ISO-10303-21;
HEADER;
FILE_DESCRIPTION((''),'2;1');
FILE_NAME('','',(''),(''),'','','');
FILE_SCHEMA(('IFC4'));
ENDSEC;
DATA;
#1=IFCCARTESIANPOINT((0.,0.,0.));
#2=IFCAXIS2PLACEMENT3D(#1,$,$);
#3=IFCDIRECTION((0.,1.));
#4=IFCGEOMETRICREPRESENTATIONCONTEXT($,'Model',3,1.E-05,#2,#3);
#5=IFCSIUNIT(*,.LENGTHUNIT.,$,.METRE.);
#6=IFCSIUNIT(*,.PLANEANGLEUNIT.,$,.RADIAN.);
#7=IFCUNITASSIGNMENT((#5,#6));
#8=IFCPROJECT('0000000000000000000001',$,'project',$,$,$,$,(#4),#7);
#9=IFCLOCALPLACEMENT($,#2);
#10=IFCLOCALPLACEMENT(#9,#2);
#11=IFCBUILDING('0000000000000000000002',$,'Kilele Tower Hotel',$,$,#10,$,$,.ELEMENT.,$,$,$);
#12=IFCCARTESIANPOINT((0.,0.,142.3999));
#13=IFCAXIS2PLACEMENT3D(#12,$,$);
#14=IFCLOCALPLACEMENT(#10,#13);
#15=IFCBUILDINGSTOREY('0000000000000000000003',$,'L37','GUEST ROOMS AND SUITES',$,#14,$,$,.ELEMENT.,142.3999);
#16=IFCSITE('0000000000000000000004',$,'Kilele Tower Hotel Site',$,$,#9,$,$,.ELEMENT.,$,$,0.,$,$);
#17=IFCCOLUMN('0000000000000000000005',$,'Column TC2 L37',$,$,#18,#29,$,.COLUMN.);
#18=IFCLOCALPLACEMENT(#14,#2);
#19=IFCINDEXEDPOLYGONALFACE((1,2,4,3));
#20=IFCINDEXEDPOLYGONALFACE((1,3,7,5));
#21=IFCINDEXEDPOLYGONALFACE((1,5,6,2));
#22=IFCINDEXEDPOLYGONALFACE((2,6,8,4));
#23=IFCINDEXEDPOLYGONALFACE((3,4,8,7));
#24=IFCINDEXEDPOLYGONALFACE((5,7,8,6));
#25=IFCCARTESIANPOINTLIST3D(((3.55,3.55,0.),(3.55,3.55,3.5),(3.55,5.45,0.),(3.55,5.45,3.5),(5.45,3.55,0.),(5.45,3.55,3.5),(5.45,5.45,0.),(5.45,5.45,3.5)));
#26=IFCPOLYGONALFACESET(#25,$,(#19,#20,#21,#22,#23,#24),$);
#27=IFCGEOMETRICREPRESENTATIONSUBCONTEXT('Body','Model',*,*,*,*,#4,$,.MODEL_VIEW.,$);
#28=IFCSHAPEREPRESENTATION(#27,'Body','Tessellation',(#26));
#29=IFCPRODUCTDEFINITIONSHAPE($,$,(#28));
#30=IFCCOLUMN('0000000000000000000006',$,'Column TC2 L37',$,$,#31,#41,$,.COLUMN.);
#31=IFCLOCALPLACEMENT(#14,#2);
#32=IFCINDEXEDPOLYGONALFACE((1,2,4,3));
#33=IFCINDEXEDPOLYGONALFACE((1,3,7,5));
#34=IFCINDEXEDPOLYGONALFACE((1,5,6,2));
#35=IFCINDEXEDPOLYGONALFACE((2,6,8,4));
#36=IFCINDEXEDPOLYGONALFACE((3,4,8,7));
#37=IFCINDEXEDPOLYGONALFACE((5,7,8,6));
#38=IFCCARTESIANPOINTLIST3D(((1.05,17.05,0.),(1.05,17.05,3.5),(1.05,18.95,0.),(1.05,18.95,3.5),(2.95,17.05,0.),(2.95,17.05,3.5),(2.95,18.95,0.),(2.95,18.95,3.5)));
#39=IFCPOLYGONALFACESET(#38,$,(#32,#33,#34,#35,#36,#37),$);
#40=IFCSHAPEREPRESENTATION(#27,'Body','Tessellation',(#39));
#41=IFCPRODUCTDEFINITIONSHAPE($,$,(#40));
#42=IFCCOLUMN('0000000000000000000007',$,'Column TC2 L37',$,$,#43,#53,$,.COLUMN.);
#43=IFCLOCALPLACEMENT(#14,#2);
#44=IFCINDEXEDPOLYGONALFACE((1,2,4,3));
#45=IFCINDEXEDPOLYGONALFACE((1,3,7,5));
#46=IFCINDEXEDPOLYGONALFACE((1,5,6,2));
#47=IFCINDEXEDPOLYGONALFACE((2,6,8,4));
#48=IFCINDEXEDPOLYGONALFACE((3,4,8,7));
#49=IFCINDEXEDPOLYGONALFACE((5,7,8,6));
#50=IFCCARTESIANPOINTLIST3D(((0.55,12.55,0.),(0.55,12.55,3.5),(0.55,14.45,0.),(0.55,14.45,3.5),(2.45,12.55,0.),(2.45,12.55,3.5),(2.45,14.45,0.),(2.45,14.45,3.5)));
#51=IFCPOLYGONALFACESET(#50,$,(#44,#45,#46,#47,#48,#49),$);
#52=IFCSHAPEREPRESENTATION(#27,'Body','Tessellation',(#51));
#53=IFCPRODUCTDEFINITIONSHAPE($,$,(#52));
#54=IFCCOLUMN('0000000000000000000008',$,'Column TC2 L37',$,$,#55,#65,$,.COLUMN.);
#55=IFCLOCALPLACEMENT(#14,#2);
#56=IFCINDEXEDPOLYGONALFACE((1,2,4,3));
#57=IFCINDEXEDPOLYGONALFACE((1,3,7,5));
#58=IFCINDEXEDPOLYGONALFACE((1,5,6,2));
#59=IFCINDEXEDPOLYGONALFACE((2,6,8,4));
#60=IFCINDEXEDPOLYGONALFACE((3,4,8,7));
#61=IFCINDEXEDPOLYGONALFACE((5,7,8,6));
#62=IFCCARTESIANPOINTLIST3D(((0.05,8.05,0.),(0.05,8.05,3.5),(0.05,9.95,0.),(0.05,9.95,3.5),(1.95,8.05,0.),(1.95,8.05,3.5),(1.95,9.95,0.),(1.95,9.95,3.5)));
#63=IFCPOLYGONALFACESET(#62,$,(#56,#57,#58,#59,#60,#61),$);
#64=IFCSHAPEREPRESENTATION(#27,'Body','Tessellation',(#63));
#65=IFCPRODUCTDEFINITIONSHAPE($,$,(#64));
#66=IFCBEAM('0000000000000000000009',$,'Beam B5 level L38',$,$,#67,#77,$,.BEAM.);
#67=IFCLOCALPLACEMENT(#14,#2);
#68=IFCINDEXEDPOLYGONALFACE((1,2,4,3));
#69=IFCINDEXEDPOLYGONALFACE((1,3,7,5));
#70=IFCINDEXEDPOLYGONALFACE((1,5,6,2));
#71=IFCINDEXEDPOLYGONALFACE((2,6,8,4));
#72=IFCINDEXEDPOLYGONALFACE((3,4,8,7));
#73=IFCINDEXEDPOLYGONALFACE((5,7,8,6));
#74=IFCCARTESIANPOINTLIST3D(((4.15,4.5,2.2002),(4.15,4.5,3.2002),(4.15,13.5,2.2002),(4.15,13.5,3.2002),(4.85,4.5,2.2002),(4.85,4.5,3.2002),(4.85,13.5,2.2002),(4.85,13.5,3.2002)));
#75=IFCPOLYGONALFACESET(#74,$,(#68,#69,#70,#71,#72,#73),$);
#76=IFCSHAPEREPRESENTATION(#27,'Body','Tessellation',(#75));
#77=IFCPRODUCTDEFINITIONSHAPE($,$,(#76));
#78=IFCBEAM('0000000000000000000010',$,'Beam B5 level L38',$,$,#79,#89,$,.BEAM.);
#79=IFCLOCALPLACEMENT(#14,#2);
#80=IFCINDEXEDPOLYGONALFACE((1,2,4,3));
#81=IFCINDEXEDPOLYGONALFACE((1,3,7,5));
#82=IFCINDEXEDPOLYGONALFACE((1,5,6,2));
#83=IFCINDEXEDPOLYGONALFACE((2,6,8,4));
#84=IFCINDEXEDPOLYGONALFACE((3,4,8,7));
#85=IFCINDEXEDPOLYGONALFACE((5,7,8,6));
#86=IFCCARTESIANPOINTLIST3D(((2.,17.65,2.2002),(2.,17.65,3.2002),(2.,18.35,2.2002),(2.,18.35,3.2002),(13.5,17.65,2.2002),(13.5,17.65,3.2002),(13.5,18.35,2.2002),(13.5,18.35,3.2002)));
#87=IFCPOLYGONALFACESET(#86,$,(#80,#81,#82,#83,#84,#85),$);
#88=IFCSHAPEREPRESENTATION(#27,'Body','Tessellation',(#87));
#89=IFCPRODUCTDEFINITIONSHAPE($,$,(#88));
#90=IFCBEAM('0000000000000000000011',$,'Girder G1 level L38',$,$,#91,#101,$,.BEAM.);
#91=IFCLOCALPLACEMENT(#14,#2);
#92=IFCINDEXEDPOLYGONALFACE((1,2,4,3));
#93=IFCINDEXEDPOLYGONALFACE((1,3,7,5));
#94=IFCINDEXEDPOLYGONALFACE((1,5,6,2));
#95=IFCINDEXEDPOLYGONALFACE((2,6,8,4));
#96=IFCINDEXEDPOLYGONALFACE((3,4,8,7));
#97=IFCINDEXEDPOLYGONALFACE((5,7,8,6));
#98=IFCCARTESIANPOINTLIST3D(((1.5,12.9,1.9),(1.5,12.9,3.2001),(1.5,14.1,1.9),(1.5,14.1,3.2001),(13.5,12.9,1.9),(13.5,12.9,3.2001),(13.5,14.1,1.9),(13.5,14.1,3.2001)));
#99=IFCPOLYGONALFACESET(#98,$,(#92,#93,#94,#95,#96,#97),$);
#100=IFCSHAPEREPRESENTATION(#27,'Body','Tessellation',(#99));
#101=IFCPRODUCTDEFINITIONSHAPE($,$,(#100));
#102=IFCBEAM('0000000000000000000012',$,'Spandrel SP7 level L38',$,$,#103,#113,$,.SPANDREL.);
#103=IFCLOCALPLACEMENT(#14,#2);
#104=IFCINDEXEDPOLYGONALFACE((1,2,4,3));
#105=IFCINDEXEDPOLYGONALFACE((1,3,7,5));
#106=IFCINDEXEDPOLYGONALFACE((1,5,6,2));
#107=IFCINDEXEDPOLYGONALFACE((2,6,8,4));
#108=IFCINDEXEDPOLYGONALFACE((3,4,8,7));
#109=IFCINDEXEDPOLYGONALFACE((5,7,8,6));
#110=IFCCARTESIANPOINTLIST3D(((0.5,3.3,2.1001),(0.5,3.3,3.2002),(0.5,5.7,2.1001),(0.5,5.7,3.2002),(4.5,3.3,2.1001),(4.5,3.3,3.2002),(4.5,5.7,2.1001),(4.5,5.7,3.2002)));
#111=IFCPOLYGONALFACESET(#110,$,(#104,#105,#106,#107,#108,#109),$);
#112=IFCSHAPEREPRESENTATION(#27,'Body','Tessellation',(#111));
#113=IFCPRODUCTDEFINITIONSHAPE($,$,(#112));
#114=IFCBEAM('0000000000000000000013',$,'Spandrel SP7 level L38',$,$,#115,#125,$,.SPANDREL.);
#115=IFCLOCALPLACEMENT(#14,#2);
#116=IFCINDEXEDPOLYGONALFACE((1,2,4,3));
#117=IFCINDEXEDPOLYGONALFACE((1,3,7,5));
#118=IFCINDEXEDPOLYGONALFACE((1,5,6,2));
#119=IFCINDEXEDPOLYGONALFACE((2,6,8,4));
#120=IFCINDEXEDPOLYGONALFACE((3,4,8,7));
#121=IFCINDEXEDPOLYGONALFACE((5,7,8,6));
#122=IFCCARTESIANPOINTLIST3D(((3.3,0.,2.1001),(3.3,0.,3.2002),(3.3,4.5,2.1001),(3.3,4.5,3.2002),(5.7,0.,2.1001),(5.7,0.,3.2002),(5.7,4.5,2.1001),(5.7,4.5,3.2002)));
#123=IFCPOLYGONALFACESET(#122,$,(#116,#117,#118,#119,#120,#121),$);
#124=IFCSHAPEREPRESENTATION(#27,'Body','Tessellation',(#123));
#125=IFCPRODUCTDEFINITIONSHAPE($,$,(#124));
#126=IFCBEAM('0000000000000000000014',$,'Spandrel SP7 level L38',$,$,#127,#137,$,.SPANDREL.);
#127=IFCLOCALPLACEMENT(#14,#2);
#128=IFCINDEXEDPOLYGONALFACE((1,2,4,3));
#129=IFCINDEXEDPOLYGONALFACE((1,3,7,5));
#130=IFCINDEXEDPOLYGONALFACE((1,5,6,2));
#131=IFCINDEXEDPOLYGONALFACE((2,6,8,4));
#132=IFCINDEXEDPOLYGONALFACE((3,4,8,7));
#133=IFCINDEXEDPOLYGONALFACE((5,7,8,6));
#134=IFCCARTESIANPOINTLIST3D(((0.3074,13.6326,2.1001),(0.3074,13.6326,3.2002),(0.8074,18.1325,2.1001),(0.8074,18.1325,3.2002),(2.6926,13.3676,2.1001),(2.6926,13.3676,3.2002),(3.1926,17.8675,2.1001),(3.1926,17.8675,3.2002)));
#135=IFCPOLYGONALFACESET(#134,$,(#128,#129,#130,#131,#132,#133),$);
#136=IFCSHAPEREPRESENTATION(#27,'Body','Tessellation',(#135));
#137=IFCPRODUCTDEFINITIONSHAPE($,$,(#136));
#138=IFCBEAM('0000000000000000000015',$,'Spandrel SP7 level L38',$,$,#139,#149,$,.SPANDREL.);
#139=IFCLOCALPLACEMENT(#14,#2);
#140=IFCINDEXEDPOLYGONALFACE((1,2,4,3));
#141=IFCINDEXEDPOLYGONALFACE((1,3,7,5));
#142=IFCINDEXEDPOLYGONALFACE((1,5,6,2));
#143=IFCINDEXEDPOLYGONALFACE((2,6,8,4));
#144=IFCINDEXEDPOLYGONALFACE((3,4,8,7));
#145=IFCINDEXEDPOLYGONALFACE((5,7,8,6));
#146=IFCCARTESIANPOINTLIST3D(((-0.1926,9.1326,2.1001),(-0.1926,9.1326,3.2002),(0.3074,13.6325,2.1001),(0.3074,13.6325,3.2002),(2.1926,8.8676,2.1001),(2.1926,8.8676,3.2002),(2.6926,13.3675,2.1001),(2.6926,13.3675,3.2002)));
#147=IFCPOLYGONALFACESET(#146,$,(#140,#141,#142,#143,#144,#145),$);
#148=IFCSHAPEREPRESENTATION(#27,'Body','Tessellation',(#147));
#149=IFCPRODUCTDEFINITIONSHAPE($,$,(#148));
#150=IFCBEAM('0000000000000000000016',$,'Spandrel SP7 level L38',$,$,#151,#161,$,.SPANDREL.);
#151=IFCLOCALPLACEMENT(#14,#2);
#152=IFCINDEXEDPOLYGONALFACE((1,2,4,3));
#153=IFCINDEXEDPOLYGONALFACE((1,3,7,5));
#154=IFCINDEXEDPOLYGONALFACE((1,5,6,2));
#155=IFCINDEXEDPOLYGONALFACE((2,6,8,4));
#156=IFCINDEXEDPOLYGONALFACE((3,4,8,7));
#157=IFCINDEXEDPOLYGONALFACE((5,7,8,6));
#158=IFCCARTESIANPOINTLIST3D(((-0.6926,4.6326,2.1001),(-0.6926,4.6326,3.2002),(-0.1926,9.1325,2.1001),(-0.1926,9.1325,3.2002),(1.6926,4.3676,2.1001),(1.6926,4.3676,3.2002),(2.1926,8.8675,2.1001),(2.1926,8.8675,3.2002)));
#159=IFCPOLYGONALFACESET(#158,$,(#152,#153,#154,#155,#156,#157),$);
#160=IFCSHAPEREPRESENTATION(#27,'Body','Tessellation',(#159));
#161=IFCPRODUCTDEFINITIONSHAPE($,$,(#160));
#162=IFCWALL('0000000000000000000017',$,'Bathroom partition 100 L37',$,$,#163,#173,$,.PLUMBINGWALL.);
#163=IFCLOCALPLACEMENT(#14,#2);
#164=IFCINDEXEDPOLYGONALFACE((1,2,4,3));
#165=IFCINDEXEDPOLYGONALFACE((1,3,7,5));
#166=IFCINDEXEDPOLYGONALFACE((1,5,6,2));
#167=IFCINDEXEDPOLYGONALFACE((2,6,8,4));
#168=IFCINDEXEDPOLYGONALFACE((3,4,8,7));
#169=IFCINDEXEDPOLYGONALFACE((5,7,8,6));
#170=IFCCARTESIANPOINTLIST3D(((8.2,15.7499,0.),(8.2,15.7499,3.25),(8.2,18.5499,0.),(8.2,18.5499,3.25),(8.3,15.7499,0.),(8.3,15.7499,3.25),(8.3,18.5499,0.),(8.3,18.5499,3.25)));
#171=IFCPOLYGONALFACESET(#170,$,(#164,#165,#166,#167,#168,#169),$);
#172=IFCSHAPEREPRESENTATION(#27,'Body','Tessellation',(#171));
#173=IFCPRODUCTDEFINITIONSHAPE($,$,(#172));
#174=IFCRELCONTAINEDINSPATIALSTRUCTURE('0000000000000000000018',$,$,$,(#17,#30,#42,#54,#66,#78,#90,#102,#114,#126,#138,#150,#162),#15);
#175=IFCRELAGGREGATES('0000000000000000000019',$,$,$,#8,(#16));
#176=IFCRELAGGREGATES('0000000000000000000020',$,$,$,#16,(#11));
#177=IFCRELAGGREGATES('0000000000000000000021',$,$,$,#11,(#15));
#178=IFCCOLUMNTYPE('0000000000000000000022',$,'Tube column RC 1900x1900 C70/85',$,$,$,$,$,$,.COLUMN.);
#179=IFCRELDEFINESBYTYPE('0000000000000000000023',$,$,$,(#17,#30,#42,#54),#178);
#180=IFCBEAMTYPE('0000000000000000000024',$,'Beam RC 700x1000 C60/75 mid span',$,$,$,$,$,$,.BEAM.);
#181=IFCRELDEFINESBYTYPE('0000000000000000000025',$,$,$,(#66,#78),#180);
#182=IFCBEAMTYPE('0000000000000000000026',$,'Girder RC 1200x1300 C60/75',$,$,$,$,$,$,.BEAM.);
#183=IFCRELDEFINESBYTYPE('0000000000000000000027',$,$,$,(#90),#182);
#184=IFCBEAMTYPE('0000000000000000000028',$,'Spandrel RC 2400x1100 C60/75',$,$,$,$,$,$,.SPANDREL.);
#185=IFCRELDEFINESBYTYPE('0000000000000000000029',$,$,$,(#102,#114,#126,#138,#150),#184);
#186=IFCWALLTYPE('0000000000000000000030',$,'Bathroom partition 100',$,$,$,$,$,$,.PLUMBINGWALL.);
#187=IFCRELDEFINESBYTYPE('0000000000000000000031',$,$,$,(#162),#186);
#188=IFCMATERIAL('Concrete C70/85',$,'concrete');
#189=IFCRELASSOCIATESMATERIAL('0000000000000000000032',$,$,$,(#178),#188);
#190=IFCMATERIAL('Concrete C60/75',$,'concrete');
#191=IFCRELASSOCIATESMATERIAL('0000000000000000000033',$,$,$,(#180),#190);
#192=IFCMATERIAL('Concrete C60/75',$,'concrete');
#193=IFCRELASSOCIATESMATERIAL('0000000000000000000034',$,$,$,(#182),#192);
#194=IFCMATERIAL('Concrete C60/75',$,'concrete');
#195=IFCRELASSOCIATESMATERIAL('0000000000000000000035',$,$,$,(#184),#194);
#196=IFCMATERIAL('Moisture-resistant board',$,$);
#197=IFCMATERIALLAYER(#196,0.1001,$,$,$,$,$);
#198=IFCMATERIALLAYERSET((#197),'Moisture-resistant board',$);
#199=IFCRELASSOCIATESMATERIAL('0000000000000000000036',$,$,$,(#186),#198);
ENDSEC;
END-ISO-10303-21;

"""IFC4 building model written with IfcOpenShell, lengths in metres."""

from ifc_helpers import new_model, si_unit, direction, frame, frame_2d, origin, origin_2d, place, context, subcontext, project, spatial, rectangle, extrude, material, layer, layer_set, material_profile, profile_set, type_object, element, save


model = new_model("IFC4")

# Units and contexts
model_context = context("Model", 3, precision=1e-05, world=origin(), true_north=direction((0.0, 1.0)))
body_context = subcontext(model_context, "Body", "Model", "MODEL_VIEW")
ifc_project = project(units=[si_unit("LENGTHUNIT", "METRE"), si_unit("PLANEANGLEUNIT", "RADIAN")], contexts=[model_context])

# Site, building, storey
site_placement = place(None, origin())
site = spatial("IfcSite", under=ifc_project, at=site_placement, Name="Kilele Tower Hotel Site", CompositionType="ELEMENT", RefElevation=0.0)
building_placement = place(site_placement, origin())
building = spatial("IfcBuilding", under=site, at=building_placement, Name="Kilele Tower Hotel", CompositionType="ELEMENT")
storey_placement = place(building_placement, frame((0.0, 0.0, 142.3999)))
storey = spatial("IfcBuildingStorey", under=building, at=storey_placement, Name="L37", Description="GUEST ROOMS AND SUITES", CompositionType="ELEMENT", Elevation=142.3999)

# Columns
ifc_material_1 = material(Name="Concrete C70/85", Category="concrete")
ifc_material_profile_1 = material_profile(ifc_material_1, rectangle(XDim=1.8999, YDim=1.8999, at=origin_2d()))
ifc_profile_set_1 = profile_set([ifc_material_profile_1], Name="Concrete C70/85")
column_type = type_object("IfcColumnType", Name="Tube column RC 1900x1900 C70/85", PredefinedType="COLUMN", material=ifc_profile_set_1)
for number, where, z_axis, x_axis, name in (
    (1, (4.5, 4.5, 0.0), (0.0, 0.0, 1.0), (1.0, 0.0, 0.0), "Column TC2 L37"),
    (2, (2.0, 18.0, 0.0), (0.0, 0.0, 1.0), (1.0, 0.0, 0.0), "Column TC2 L37"),
    (3, (1.5, 13.5, 0.0), (0.0, 0.0, 1.0), (1.0, 0.0, 0.0), "Column TC2 L37"),
    (4, (1.0, 9.0, 0.0), (0.0, 0.0, 1.0), (1.0, 0.0, 0.0), "Column TC2 L37"),
):
    element("IfcColumn", number, at=place(storey_placement, frame(where, z_axis=z_axis, x_axis=x_axis)), inside=storey, type_object=column_type, Name=name, PredefinedType="COLUMN", context=body_context, shape_type="SweptSolid", body=[
        extrude(rectangle(XDim=1.8999, YDim=1.8999, at=origin_2d()), origin(), (0.0, 0.0, 1.0), 3.5),
    ])

# Beams
ifc_material_2 = material(Name="Concrete C60/75", Category="concrete")
ifc_material_profile_2 = material_profile(ifc_material_2, rectangle(XDim=0.7, YDim=1.0, at=origin_2d()))
ifc_profile_set_2 = profile_set([ifc_material_profile_2], Name="Concrete C60/75")
beam_type_1 = type_object("IfcBeamType", Name="Beam RC 700x1000 C60/75 mid span", PredefinedType="BEAM", material=ifc_profile_set_2)
beam_1_placement = place(storey_placement, frame((4.5, 4.5, 2.7002), z_axis=(0.0, 1.0, 0.0), x_axis=(-1.0, 0.0, 0.0)))
element("IfcBeam", 5, at=beam_1_placement, inside=storey, type_object=beam_type_1, Name="Beam B5 level L38", PredefinedType="BEAM", context=body_context, shape_type="SweptSolid", body=[
    extrude(rectangle(XDim=0.7, YDim=1.0, at=origin_2d()), origin(), (0.0, 0.0, 1.0), 9.0),
])
beam_2_placement = place(storey_placement, frame((2.0, 18.0, 2.7002), z_axis=(1.0, 0.0, 0.0), x_axis=(0.0, 1.0, 0.0)))
element("IfcBeam", 6, at=beam_2_placement, inside=storey, type_object=beam_type_1, Name="Beam B5 level L38", PredefinedType="BEAM", context=body_context, shape_type="SweptSolid", body=[
    extrude(rectangle(XDim=0.7, YDim=1.0, at=origin_2d()), origin(), (0.0, 0.0, 1.0), 11.5),
])
ifc_material_3 = material(Name="Concrete C60/75", Category="concrete")
ifc_material_profile_3 = material_profile(ifc_material_3, rectangle(XDim=1.2, YDim=1.3, at=origin_2d()))
ifc_profile_set_3 = profile_set([ifc_material_profile_3], Name="Concrete C60/75")
beam_type_2 = type_object("IfcBeamType", Name="Girder RC 1200x1300 C60/75", PredefinedType="BEAM", material=ifc_profile_set_3)
beam_3_placement = place(storey_placement, frame((1.5, 13.5, 2.55), z_axis=(1.0, 0.0, 0.0), x_axis=(0.0, 1.0, 0.0)))
element("IfcBeam", 7, at=beam_3_placement, inside=storey, type_object=beam_type_2, Name="Girder G1 level L38", PredefinedType="BEAM", context=body_context, shape_type="SweptSolid", body=[
    extrude(rectangle(XDim=1.2, YDim=1.3, at=origin_2d()), origin(), (0.0, 0.0, 1.0), 12.0),
])
ifc_material_4 = material(Name="Concrete C60/75", Category="concrete")
ifc_material_profile_4 = material_profile(ifc_material_4, rectangle(XDim=2.3999, YDim=1.1001, at=origin_2d()))
ifc_profile_set_4 = profile_set([ifc_material_profile_4], Name="Concrete C60/75")
beam_type_3 = type_object("IfcBeamType", Name="Spandrel RC 2400x1100 C60/75", PredefinedType="SPANDREL", material=ifc_profile_set_4)
beam_4_placement = place(storey_placement, frame((0.5, 4.5, 2.6501), z_axis=(1.0, 0.0, 0.0), x_axis=(0.0, 1.0, 0.0)))
element("IfcBeam", 8, at=beam_4_placement, inside=storey, type_object=beam_type_3, Name="Spandrel SP7 level L38", PredefinedType="SPANDREL", context=body_context, shape_type="SweptSolid", body=[
    extrude(rectangle(XDim=2.3999, YDim=1.1001, at=origin_2d()), origin(), (0.0, 0.0, 1.0), 4.0),
])
beam_5_placement = place(storey_placement, frame((4.5, 4.5, 2.6501), z_axis=(0.0, -1.0, 0.0), x_axis=(1.0, 0.0, 0.0)))
element("IfcBeam", 9, at=beam_5_placement, inside=storey, type_object=beam_type_3, Name="Spandrel SP7 level L38", PredefinedType="SPANDREL", context=body_context, shape_type="SweptSolid", body=[
    extrude(rectangle(XDim=2.3999, YDim=1.1001, at=origin_2d()), origin(), (0.0, 0.0, 1.0), 4.5),
])
for number, where, z_axis, x_axis, name in (
    (10, (2.0, 18.0, 2.6501), (-0.110432, -0.993884, 0.0), (0.993884, -0.110432, 0.0), "Spandrel SP7 level L38"),
    (11, (1.5, 13.5, 2.6501), (-0.110432, -0.993884, 0.0), (0.993884, -0.110432, 0.0), "Spandrel SP7 level L38"),
    (12, (1.0, 9.0, 2.6501), (-0.110432, -0.993884, 0.0), (0.993884, -0.110432, 0.0), "Spandrel SP7 level L38"),
):
    element("IfcBeam", number, at=place(storey_placement, frame(where, z_axis=z_axis, x_axis=x_axis)), inside=storey, type_object=beam_type_3, Name=name, PredefinedType="SPANDREL", context=body_context, shape_type="SweptSolid", body=[
        extrude(rectangle(XDim=2.3999, YDim=1.1001, at=origin_2d()), origin(), (0.0, 0.0, 1.0), 4.5276),
    ])

# Wall
ifc_material_5 = material(Name="Moisture-resistant board")
ifc_layer_1 = layer(ifc_material_5, 0.1001)
ifc_layer_set_1 = layer_set([ifc_layer_1], Name="Moisture-resistant board")
wall_type_1 = type_object("IfcWallType", Name="Bathroom partition 100", PredefinedType="PLUMBINGWALL", material=ifc_layer_set_1)
wall_1_placement = place(storey_placement, frame((8.25, 15.75, 0.0), z_axis=(0.0, 0.0, 1.0), x_axis=(0.0, 1.0, 0.0)))
element("IfcWall", 13, at=wall_1_placement, inside=storey, type_object=wall_type_1, Name="Bathroom partition 100 L37", PredefinedType="PLUMBINGWALL", context=body_context, shape_type="SweptSolid", body=[
    extrude(rectangle(XDim=2.8, YDim=0.1001, at=frame_2d((1.3999, 0.0))), origin(), (0.0, 0.0, 1.0), 3.25),
])

save(model, "model.ifc")
